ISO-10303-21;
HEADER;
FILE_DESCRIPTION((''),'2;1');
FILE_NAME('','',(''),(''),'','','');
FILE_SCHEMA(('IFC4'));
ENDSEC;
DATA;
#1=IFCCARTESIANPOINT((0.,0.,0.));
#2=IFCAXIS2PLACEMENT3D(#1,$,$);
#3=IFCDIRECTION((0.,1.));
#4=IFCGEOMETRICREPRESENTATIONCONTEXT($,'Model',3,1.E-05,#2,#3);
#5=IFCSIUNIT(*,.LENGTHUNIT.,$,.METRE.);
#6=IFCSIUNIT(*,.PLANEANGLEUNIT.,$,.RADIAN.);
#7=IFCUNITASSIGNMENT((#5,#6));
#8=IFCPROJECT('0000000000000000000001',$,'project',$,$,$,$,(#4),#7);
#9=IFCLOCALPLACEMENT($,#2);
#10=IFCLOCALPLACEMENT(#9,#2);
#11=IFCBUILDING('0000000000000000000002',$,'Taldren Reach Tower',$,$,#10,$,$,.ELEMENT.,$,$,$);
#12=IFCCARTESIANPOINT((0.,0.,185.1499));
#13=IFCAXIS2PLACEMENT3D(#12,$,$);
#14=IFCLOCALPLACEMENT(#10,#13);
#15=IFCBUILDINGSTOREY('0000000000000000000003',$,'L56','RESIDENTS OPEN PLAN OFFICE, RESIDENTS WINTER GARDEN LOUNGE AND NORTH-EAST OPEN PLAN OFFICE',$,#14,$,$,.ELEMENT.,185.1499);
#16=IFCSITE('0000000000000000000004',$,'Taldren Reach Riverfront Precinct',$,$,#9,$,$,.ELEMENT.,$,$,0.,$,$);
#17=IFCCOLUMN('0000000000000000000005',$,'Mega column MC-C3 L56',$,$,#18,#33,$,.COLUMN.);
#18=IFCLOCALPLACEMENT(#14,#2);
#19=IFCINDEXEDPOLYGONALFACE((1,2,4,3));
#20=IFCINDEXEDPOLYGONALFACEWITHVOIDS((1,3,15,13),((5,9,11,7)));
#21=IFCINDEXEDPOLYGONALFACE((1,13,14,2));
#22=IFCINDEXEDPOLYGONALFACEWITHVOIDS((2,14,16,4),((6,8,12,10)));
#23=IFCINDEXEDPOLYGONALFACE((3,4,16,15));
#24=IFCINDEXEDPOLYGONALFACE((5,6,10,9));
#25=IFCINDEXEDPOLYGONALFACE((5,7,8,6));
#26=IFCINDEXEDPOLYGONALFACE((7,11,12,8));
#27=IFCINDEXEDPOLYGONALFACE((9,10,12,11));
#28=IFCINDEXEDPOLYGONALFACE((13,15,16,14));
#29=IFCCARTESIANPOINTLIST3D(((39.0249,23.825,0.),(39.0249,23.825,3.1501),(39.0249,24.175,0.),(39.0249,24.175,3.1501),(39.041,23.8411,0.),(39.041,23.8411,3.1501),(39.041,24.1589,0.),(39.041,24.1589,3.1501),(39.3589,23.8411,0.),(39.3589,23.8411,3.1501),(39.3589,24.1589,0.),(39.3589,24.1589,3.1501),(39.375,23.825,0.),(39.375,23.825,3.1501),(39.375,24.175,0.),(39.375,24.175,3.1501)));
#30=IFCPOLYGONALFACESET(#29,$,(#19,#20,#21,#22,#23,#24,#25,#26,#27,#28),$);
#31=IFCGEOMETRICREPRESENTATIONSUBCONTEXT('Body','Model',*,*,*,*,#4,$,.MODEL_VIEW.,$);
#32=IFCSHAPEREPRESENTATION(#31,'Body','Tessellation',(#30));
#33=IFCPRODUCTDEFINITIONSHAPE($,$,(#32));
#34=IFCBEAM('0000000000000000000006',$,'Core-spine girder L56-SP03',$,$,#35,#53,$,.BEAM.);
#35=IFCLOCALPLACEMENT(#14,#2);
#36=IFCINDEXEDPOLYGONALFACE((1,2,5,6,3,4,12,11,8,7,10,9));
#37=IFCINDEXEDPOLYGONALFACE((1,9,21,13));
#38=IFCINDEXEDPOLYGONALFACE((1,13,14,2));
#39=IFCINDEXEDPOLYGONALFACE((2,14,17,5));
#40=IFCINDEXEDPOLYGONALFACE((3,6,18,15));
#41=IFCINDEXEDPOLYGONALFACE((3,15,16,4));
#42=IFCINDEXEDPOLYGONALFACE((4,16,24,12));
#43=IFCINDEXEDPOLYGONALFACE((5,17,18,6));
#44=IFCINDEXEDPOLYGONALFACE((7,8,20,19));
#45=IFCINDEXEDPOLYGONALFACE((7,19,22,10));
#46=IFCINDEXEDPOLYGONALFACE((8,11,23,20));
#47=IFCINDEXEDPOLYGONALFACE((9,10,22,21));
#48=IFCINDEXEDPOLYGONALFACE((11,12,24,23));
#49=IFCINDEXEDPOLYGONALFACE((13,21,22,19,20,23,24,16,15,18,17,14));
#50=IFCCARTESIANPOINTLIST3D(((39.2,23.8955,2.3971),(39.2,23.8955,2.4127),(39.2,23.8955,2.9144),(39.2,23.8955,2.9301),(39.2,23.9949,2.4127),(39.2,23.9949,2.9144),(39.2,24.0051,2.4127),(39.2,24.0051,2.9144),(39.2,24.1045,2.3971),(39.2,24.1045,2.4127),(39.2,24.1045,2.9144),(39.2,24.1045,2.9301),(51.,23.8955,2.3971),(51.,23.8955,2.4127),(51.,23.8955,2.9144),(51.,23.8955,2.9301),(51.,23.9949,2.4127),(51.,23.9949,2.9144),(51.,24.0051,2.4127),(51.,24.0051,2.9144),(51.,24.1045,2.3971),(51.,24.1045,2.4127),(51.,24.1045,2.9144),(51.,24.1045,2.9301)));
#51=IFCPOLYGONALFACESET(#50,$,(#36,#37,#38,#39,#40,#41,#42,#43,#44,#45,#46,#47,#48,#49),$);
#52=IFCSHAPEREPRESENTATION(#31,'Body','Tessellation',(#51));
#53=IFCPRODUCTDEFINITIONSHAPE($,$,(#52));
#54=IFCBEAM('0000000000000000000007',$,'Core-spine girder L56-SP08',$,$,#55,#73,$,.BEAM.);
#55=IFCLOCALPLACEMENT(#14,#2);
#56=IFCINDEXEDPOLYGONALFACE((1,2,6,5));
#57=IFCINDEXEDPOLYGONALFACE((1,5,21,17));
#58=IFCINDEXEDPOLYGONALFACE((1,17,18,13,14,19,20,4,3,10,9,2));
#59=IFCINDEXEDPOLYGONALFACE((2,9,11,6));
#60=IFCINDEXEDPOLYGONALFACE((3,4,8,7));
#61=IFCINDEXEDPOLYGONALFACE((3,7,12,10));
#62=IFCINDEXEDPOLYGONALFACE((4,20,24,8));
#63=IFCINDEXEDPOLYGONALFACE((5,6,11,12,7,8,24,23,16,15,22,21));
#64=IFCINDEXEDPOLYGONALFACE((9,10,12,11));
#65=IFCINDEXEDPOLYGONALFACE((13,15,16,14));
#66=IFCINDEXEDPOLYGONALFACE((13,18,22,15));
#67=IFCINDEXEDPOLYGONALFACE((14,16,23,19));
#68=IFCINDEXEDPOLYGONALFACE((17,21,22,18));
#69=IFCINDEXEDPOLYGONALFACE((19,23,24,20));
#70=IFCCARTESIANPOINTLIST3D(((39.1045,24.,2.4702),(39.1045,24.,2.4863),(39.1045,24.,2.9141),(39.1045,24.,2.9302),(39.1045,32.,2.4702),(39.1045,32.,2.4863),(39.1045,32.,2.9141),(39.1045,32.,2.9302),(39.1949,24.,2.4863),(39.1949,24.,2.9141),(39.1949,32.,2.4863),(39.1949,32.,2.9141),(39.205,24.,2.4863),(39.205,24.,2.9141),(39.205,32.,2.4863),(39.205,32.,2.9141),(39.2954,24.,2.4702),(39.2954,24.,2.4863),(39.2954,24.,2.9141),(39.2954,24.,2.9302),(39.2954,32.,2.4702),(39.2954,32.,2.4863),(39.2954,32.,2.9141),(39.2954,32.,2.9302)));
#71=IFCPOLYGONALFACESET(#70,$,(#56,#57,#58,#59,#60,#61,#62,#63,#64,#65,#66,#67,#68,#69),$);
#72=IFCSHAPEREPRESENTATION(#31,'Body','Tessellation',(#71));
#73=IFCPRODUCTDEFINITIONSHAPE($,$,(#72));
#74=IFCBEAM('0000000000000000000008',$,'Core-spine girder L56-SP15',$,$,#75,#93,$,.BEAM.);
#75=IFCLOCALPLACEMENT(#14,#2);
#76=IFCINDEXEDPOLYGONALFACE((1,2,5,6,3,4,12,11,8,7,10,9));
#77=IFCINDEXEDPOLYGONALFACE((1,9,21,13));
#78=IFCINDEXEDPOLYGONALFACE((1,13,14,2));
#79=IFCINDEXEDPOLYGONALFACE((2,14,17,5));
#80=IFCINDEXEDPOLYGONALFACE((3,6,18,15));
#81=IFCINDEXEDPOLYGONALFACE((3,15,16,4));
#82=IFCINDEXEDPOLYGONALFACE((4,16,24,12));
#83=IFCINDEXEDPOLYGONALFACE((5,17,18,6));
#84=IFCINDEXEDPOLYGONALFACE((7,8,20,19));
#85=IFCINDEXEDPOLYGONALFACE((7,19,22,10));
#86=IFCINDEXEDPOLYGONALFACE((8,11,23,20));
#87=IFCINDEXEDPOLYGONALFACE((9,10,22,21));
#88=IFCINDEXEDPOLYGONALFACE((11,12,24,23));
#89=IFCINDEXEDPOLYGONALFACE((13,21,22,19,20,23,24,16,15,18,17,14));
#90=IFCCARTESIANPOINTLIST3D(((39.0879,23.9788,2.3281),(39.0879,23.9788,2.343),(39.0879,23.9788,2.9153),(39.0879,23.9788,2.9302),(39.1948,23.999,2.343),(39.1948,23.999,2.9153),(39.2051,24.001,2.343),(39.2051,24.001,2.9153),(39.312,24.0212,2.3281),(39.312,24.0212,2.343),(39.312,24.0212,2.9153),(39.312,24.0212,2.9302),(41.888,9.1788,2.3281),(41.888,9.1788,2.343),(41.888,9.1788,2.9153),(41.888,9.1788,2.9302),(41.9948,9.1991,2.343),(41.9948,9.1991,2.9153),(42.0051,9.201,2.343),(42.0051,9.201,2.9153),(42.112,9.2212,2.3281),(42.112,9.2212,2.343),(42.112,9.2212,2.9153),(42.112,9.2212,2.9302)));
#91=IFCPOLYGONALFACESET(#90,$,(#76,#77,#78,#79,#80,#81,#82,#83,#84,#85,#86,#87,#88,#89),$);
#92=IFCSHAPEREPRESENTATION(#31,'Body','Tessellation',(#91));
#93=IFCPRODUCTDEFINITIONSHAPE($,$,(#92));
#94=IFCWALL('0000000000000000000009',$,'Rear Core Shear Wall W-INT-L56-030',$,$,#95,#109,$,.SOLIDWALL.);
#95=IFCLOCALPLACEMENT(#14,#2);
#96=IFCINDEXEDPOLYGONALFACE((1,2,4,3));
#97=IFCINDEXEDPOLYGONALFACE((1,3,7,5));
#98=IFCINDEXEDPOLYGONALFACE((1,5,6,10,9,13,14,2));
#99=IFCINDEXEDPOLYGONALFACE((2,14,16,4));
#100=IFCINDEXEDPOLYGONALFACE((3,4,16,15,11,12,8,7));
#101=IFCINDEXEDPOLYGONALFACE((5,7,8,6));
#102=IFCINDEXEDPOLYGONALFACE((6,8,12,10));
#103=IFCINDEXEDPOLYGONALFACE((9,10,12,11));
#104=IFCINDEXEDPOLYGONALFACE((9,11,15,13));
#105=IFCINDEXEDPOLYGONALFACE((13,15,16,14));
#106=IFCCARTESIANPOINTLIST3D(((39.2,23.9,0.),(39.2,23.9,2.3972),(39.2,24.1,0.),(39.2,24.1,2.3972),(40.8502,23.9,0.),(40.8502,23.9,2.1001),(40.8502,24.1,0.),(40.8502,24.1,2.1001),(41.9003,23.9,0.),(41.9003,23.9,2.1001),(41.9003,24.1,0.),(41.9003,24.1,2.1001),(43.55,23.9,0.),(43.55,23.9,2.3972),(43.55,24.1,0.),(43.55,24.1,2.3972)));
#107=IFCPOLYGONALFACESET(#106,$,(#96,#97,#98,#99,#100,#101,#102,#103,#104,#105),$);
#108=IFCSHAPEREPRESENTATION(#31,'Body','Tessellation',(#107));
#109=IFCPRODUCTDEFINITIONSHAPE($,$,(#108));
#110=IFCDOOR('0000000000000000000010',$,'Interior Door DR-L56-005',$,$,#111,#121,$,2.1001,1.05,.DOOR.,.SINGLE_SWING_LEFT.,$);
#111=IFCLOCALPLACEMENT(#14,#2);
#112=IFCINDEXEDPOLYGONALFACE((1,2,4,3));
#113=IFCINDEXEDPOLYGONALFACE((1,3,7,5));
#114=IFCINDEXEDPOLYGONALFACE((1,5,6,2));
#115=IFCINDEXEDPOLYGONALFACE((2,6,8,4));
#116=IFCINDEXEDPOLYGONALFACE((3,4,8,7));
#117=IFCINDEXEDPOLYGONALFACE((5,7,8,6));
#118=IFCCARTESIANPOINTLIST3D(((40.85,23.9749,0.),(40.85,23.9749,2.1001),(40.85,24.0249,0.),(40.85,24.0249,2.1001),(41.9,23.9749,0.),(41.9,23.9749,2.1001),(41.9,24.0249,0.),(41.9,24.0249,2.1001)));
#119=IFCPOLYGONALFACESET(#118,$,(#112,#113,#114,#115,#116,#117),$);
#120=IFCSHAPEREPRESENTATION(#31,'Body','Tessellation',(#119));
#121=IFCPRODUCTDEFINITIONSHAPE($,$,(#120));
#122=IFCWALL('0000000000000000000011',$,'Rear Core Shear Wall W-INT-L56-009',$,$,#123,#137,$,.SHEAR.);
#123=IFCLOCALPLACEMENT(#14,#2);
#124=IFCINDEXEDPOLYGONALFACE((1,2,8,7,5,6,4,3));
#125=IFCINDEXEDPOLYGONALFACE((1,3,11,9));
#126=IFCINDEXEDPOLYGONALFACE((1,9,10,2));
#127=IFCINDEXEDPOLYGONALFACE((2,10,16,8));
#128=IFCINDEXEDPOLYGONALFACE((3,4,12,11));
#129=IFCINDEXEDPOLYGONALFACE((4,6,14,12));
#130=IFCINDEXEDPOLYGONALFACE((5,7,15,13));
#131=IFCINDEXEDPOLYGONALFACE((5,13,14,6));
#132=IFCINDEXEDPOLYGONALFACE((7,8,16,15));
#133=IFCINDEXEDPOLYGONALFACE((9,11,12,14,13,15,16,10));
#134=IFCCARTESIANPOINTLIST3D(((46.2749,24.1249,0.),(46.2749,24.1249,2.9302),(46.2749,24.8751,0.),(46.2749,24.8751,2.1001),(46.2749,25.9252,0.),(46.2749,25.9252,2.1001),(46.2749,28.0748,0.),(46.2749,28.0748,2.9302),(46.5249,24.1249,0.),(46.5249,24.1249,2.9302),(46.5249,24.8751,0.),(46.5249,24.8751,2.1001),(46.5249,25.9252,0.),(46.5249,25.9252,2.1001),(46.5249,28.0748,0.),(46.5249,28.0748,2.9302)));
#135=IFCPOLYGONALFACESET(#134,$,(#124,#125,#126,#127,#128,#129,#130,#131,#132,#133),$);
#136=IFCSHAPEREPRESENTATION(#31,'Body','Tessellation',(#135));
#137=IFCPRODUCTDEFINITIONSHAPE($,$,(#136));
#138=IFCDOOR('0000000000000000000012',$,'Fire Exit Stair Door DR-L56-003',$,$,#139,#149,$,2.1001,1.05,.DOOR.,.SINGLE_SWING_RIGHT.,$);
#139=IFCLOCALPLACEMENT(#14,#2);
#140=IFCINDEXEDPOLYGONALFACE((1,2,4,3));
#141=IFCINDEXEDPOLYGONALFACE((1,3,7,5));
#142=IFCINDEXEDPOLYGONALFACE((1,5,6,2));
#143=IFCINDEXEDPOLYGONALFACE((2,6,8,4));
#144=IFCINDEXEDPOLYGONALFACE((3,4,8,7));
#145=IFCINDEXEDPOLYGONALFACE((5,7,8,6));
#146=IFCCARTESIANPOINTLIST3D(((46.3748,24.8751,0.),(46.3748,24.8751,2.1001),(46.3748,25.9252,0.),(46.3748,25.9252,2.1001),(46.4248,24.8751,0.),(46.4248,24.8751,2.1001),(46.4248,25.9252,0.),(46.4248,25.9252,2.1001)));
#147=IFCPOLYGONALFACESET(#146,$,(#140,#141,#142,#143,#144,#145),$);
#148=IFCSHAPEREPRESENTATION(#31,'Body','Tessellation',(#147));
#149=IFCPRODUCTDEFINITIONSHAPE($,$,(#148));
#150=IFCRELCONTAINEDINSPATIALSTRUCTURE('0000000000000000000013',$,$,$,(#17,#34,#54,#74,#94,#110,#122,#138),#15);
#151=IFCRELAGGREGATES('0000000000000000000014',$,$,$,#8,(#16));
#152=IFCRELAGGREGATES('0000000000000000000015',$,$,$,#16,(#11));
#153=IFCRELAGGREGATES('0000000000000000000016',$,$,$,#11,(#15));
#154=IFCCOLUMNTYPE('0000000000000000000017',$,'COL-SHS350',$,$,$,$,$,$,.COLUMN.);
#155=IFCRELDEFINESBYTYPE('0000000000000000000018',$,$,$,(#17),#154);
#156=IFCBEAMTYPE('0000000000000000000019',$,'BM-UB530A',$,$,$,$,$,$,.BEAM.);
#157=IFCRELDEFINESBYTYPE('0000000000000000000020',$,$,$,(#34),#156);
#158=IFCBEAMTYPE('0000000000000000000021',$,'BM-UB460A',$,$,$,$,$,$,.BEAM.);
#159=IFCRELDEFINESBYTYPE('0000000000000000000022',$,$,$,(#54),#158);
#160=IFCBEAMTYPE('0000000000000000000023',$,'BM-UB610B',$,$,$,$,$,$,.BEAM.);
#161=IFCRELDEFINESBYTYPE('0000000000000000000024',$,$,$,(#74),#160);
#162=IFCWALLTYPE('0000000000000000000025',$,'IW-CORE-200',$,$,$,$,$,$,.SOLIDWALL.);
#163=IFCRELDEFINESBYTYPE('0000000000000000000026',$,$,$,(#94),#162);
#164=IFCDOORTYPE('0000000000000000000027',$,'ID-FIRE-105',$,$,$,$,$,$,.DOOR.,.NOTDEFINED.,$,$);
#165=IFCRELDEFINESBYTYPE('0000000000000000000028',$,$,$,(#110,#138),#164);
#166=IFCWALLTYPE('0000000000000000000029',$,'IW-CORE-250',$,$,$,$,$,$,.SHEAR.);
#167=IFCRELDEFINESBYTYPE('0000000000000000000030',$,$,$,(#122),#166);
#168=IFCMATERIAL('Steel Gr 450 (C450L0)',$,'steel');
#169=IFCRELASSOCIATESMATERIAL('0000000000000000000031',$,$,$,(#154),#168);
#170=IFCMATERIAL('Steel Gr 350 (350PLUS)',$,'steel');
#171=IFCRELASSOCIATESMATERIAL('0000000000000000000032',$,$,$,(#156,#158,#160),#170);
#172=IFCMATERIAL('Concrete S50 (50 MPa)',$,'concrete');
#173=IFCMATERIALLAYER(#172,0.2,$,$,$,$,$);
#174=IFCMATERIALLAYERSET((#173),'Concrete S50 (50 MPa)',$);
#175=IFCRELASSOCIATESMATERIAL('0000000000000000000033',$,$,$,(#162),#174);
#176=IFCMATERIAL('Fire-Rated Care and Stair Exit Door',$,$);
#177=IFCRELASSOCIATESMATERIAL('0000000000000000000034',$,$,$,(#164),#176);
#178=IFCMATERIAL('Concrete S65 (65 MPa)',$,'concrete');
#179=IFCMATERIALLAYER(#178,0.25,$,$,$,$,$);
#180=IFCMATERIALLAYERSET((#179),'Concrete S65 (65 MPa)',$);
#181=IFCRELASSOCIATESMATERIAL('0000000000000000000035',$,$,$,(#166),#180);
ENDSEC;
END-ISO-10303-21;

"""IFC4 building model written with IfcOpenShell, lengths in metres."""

from ifc_helpers import new_model, si_unit, direction, frame, frame_2d, origin, origin_2d, place, context, subcontext, project, spatial, rectangle, hollow_rectangle, i_section, extrude, source, transform, mapped, material, layer, layer_set, material_profile, profile_set, type_object, element, fill, save


model = new_model("IFC4")

# Units and contexts
model_context = context("Model", 3, precision=1e-05, world=origin(), true_north=direction((0.0, 1.0)))
body_context = subcontext(model_context, "Body", "Model", "MODEL_VIEW")
ifc_project = project(units=[si_unit("LENGTHUNIT", "METRE"), si_unit("PLANEANGLEUNIT", "RADIAN")], contexts=[model_context])

# Site, building, storey
site_placement = place(None, origin())
site = spatial("IfcSite", under=ifc_project, at=site_placement, Name="Taldren Reach Riverfront Precinct", CompositionType="ELEMENT", RefElevation=0.0)
building_placement = place(site_placement, origin())
building = spatial("IfcBuilding", under=site, at=building_placement, Name="Taldren Reach Tower", CompositionType="ELEMENT")
storey_placement = place(building_placement, frame((0.0, 0.0, 185.1499)))
storey = spatial("IfcBuildingStorey", under=building, at=storey_placement, Name="L56", Description="RESIDENTS OPEN PLAN OFFICE, RESIDENTS WINTER GARDEN LOUNGE AND NORTH-EAST OPEN PLAN OFFICE", CompositionType="ELEMENT", Elevation=185.1499)

# Column
ifc_material_1 = material(Name="Steel Gr 450 (C450L0)", Category="steel")
ifc_material_profile_1 = material_profile(ifc_material_1, hollow_rectangle(XDim=0.3501, YDim=0.3501, WallThickness=0.0161, at=origin_2d()), Name="350x350x16.0SHS")
ifc_profile_set_1 = profile_set([ifc_material_profile_1], Name="Steel Gr 450 (C450L0)")
column_type = type_object("IfcColumnType", Name="COL-SHS350", PredefinedType="COLUMN", material=ifc_profile_set_1)
shared_shape_1 = source(origin(), body_context, "Body", "SweptSolid", [
    extrude(hollow_rectangle(XDim=0.3501, YDim=0.3501, WallThickness=0.0161, at=origin_2d()), origin(), (0.0, 0.0, 1.0), 3.1501),
])
column_placement = place(storey_placement, frame((39.2, 24.0, 0.0), z_axis=(0.0, 0.0, 1.0), x_axis=(1.0, 0.0, 0.0)))
element("IfcColumn", 1, at=column_placement, inside=storey, type_object=column_type, Name="Mega column MC-C3 L56", PredefinedType="COLUMN", context=body_context, shape_type="MappedRepresentation", body=[
    mapped(shared_shape_1, transform((0.0, 0.0, 0.0), scale=1.0)),
])

# Beams
ifc_material_2 = material(Name="Steel Gr 350 (350PLUS)", Category="steel")
ifc_material_profile_2 = material_profile(ifc_material_2, i_section(OverallWidth=0.209, OverallDepth=0.533, WebThickness=0.0103, FlangeThickness=0.0156, at=origin_2d()), Name="530UB92.4")
ifc_profile_set_2 = profile_set([ifc_material_profile_2], Name="Steel Gr 350 (350PLUS)")
beam_type_1 = type_object("IfcBeamType", Name="BM-UB530A", PredefinedType="BEAM", material=ifc_profile_set_2)
shared_shape_2 = source(origin(), body_context, "Body", "SweptSolid", [
    extrude(i_section(OverallWidth=0.209, OverallDepth=0.533, WebThickness=0.0103, FlangeThickness=0.0156, at=origin_2d()), origin(), (0.0, 0.0, 1.0), 11.8),
])
beam_1_placement = place(storey_placement, frame((39.2, 24.0, 2.6636), z_axis=(1.0, 0.0, 0.0), x_axis=(0.0, 1.0, 0.0)))
element("IfcBeam", 2, at=beam_1_placement, inside=storey, type_object=beam_type_1, Name="Core-spine girder L56-SP03", PredefinedType="BEAM", context=body_context, shape_type="MappedRepresentation", body=[
    mapped(shared_shape_2, transform((0.0, 0.0, 0.0), scale=1.0)),
])
ifc_material_profile_3 = material_profile(ifc_material_2, i_section(OverallWidth=0.1909, OverallDepth=0.46, WebThickness=0.01, FlangeThickness=0.0161, at=origin_2d()), Name="460UB82.1")
ifc_profile_set_3 = profile_set([ifc_material_profile_3], Name="Steel Gr 350 (350PLUS)")
beam_type_2 = type_object("IfcBeamType", Name="BM-UB460A", PredefinedType="BEAM", material=ifc_profile_set_3)
shared_shape_3 = source(origin(), body_context, "Body", "SweptSolid", [
    extrude(i_section(OverallWidth=0.1909, OverallDepth=0.46, WebThickness=0.01, FlangeThickness=0.0161, at=origin_2d()), origin(), (0.0, 0.0, 1.0), 8.0),
])
beam_2_placement = place(storey_placement, frame((39.2, 24.0, 2.7002), z_axis=(0.0, 1.0, 0.0), x_axis=(-1.0, 0.0, 0.0)))
element("IfcBeam", 3, at=beam_2_placement, inside=storey, type_object=beam_type_2, Name="Core-spine girder L56-SP08", PredefinedType="BEAM", context=body_context, shape_type="MappedRepresentation", body=[
    mapped(shared_shape_3, transform((0.0, 0.0, 0.0), scale=1.0)),
])
ifc_material_profile_4 = material_profile(ifc_material_2, i_section(OverallWidth=0.228, OverallDepth=0.6021, WebThickness=0.0105, FlangeThickness=0.0149, at=origin_2d()), Name="610UB101")
ifc_profile_set_4 = profile_set([ifc_material_profile_4], Name="Steel Gr 350 (350PLUS)")
beam_type_3 = type_object("IfcBeamType", Name="BM-UB610B", PredefinedType="BEAM", material=ifc_profile_set_4)
shared_shape_4 = source(origin(), body_context, "Body", "SweptSolid", [
    extrude(i_section(OverallWidth=0.228, OverallDepth=0.6021, WebThickness=0.0105, FlangeThickness=0.0149, at=origin_2d()), origin(), (0.0, 0.0, 1.0), 15.0625),
])
beam_3_placement = place(storey_placement, frame((39.2, 24.0, 2.6292), z_axis=(0.185894, -0.98257, 0.0), x_axis=(0.98257, 0.185894, 0.0)))
element("IfcBeam", 4, at=beam_3_placement, inside=storey, type_object=beam_type_3, Name="Core-spine girder L56-SP15", PredefinedType="BEAM", context=body_context, shape_type="MappedRepresentation", body=[
    mapped(shared_shape_4, transform((0.0, 0.0, 0.0), scale=1.0)),
])

# Walls, openings, doors
ifc_material_3 = material(Name="Concrete S50 (50 MPa)", Category="concrete")
ifc_layer_1 = layer(ifc_material_3, 0.2)
ifc_layer_set_1 = layer_set([ifc_layer_1], Name="Concrete S50 (50 MPa)")
wall_type_1 = type_object("IfcWallType", Name="IW-CORE-200", PredefinedType="SOLIDWALL", material=ifc_layer_set_1)
shared_shape_5 = source(origin(), body_context, "Body", "SweptSolid", [
    extrude(rectangle(XDim=4.3501, YDim=0.2, at=frame_2d((2.175, 0.0))), origin(), (0.0, 0.0, 1.0), 2.3972),
])
wall_1_placement = place(storey_placement, frame((43.55, 24.0, 0.0), z_axis=(0.0, 0.0, 1.0), x_axis=(-1.0, 0.0, 0.0)))
wall_1 = element("IfcWall", 5, at=wall_1_placement, inside=storey, type_object=wall_type_1, Name="Rear Core Shear Wall W-INT-L56-030", PredefinedType="SOLIDWALL", context=body_context, shape_type="MappedRepresentation", body=[
    mapped(shared_shape_5, transform((0.0, 0.0, 0.0), scale=1.0)),
])
shared_shape_6 = source(origin(), body_context, "Body", "SweptSolid", [
    extrude(rectangle(XDim=1.05, YDim=2.1001, at=frame_2d((0.5249, 1.05))), frame((0.0, 0.1099, 0.0), z_axis=(0.0, -1.0, 0.0), x_axis=(1.0, 0.0, 0.0)), (0.0, 0.0, 1.0), 0.22),
])
opening_1_placement = place(wall_1_placement, frame((1.6499, 0.0, 0.0)))
opening_1 = element("IfcOpeningElement", 6, at=opening_1_placement, cuts=wall_1, PredefinedType="OPENING", context=body_context, shape_type="MappedRepresentation", body=[
    mapped(shared_shape_6, transform((0.0, 0.0, 0.0), scale=1.0)),
])
ifc_material_4 = material(Name="Fire-Rated Care and Stair Exit Door")
door_type_1 = type_object("IfcDoorType", Name="ID-FIRE-105", OperationType="NOTDEFINED", PredefinedType="DOOR", material=ifc_material_4)
shared_shape_7 = source(origin(), body_context, "Body", "SweptSolid", [
    extrude(rectangle(XDim=1.05, YDim=2.1001, at=frame_2d((0.5249, 1.05))), frame((0.0, 0.0249, 0.0), z_axis=(0.0, -1.0, 0.0), x_axis=(1.0, 0.0, 0.0)), (0.0, 0.0, 1.0), 0.05),
])
door_1_placement = place(opening_1_placement, frame((1.05, 0.0, 0.0), z_axis=(0.0, 0.0, 1.0), x_axis=(-1.0, 0.0, 0.0)))
door_1 = element("IfcDoor", 7, at=door_1_placement, inside=storey, type_object=door_type_1, Name="Interior Door DR-L56-005", OperationType="SINGLE_SWING_LEFT", OverallHeight=2.1001, OverallWidth=1.05, PredefinedType="DOOR", context=body_context, shape_type="MappedRepresentation", body=[
    mapped(shared_shape_7, transform((0.0, 0.0, 0.0), scale=1.0)),
])
fill(opening_1, door_1)
ifc_material_5 = material(Name="Concrete S65 (65 MPa)", Category="concrete")
ifc_layer_2 = layer(ifc_material_5, 0.25)
ifc_layer_set_2 = layer_set([ifc_layer_2], Name="Concrete S65 (65 MPa)")
wall_type_2 = type_object("IfcWallType", Name="IW-CORE-250", PredefinedType="SHEAR", material=ifc_layer_set_2)
shared_shape_8 = source(origin(), body_context, "Body", "SweptSolid", [
    extrude(rectangle(XDim=3.95, YDim=0.25, at=frame_2d((1.9751, 0.0))), origin(), (0.0, 0.0, 1.0), 2.9302),
])
wall_2_placement = place(storey_placement, frame((46.3999, 28.075, 0.0), z_axis=(0.0, 0.0, 1.0), x_axis=(0.0, -1.0, 0.0)))
wall_2 = element("IfcWall", 8, at=wall_2_placement, inside=storey, type_object=wall_type_2, Name="Rear Core Shear Wall W-INT-L56-009", PredefinedType="SHEAR", context=body_context, shape_type="MappedRepresentation", body=[
    mapped(shared_shape_8, transform((0.0, 0.0, 0.0), scale=1.0)),
])
shared_shape_9 = source(origin(), body_context, "Body", "SweptSolid", [
    extrude(rectangle(XDim=1.05, YDim=2.1001, at=frame_2d((0.5249, 1.05))), frame((0.0, 0.135, 0.0), z_axis=(0.0, -1.0, 0.0), x_axis=(1.0, 0.0, 0.0)), (0.0, 0.0, 1.0), 0.27),
])
opening_2_placement = place(wall_2_placement, frame((2.1499, 0.0, 0.0)))
opening_2 = element("IfcOpeningElement", 9, at=opening_2_placement, cuts=wall_2, PredefinedType="OPENING", context=body_context, shape_type="MappedRepresentation", body=[
    mapped(shared_shape_9, transform((0.0, 0.0, 0.0), scale=1.0)),
])
door_2_placement = place(opening_2_placement, origin())
door_2 = element("IfcDoor", 10, at=door_2_placement, inside=storey, type_object=door_type_1, Name="Fire Exit Stair Door DR-L56-003", OperationType="SINGLE_SWING_RIGHT", OverallHeight=2.1001, OverallWidth=1.05, PredefinedType="DOOR", context=body_context, shape_type="MappedRepresentation", body=[
    mapped(shared_shape_7, transform((0.0, 0.0, 0.0), scale=1.0)),
])
fill(opening_2, door_2)

save(model, "model.ifc")
